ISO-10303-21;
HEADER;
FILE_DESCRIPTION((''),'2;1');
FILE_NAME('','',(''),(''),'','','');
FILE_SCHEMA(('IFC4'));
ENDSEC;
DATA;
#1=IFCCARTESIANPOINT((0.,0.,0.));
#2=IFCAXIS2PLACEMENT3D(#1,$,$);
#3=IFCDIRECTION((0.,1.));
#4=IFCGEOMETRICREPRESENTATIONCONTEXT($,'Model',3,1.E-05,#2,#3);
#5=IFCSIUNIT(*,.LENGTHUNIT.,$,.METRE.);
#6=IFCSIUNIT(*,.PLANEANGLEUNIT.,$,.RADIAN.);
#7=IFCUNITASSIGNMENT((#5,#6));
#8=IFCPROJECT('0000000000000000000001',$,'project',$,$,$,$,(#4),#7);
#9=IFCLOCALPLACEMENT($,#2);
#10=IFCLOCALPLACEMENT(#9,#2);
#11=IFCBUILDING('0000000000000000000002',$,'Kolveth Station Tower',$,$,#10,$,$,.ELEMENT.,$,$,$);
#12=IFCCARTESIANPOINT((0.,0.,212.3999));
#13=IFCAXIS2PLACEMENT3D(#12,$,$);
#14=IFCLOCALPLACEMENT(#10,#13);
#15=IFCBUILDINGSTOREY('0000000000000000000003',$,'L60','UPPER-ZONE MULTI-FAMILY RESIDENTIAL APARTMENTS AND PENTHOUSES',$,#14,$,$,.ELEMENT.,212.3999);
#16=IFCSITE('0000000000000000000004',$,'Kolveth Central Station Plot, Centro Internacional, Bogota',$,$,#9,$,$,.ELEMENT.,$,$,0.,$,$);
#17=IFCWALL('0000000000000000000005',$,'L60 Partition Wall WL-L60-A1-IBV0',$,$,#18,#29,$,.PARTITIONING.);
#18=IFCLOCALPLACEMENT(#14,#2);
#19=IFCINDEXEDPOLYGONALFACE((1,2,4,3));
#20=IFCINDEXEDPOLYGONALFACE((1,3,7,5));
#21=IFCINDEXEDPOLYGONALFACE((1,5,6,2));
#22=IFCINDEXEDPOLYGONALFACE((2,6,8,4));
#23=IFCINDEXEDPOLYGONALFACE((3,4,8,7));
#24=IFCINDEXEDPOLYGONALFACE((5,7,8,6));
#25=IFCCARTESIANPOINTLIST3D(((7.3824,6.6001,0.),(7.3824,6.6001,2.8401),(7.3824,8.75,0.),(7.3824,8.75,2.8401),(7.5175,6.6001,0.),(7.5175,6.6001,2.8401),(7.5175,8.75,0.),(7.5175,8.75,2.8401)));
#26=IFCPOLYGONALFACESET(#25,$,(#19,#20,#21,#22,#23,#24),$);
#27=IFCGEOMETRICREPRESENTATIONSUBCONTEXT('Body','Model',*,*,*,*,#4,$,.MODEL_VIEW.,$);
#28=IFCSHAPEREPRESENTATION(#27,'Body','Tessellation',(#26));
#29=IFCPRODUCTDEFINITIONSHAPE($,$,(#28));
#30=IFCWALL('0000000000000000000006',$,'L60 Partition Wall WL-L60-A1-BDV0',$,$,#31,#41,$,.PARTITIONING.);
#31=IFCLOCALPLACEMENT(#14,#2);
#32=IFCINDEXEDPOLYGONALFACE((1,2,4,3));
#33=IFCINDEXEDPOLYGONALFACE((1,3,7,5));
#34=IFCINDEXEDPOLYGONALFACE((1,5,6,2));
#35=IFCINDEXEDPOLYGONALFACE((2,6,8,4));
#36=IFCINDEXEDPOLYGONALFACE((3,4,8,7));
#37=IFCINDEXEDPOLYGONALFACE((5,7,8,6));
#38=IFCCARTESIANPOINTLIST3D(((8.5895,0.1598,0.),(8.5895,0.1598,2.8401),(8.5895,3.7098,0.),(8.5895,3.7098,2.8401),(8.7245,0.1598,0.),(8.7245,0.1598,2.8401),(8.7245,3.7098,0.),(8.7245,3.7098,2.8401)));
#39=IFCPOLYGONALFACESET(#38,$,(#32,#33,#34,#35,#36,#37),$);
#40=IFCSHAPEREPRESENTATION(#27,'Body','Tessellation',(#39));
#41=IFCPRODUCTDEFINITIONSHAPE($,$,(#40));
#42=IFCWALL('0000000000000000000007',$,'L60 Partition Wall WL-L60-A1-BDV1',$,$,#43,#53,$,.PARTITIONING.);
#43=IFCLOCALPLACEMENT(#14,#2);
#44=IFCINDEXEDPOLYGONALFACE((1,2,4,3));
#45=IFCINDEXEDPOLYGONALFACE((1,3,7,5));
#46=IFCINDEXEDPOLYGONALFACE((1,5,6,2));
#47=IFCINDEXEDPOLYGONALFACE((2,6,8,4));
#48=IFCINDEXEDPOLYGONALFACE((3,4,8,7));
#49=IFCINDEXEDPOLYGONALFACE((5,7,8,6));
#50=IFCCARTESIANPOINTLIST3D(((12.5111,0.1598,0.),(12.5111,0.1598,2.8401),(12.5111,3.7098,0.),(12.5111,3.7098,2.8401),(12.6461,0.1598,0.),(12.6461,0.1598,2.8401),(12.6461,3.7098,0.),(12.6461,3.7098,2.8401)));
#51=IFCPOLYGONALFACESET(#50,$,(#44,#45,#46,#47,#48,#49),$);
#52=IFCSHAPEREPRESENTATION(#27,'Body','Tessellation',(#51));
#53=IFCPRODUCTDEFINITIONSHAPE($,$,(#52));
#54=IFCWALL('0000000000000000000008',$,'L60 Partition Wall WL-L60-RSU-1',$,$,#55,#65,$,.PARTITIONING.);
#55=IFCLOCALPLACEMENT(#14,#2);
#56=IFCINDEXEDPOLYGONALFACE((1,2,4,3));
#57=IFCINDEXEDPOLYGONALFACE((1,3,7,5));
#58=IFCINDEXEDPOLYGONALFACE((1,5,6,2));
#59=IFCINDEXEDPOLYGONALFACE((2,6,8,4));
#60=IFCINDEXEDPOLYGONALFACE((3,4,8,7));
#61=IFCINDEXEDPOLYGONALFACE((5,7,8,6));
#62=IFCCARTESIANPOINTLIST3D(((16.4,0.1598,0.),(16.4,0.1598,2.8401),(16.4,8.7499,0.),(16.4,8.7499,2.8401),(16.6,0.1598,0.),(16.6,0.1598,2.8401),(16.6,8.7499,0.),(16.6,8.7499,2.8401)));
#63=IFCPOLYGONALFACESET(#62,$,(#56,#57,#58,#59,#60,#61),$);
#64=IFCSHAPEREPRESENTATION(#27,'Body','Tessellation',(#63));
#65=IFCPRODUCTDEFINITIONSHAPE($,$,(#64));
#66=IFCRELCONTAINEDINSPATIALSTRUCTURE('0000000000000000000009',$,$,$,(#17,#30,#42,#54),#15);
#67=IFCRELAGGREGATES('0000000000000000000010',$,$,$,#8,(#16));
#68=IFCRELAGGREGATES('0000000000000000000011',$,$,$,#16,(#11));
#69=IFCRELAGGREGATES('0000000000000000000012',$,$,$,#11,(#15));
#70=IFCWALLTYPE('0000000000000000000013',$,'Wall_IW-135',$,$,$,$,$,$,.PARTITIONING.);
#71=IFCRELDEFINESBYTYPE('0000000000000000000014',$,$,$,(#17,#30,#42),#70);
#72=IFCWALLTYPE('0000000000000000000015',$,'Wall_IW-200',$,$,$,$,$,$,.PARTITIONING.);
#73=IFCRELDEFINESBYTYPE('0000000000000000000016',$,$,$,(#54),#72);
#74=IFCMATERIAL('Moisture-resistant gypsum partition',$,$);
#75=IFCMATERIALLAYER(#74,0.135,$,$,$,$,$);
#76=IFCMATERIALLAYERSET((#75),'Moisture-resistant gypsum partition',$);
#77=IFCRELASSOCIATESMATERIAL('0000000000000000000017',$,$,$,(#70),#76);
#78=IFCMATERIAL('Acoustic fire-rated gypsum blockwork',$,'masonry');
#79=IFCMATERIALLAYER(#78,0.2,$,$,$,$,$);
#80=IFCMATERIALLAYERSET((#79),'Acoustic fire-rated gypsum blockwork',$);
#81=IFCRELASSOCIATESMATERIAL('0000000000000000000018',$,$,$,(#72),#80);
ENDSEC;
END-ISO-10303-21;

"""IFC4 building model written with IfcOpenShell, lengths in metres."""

from ifc_helpers import new_model, si_unit, direction, frame, frame_2d, origin, place, context, subcontext, project, spatial, rectangle, extrude, material, layer, layer_set, type_object, element, save


model = new_model("IFC4")

# Units and contexts
model_context = context("Model", 3, precision=1e-05, world=origin(), true_north=direction((0.0, 1.0)))
body_context = subcontext(model_context, "Body", "Model", "MODEL_VIEW")
ifc_project = project(units=[si_unit("LENGTHUNIT", "METRE"), si_unit("PLANEANGLEUNIT", "RADIAN")], contexts=[model_context])

# Site, building, storey
site_placement = place(None, origin())
site = spatial("IfcSite", under=ifc_project, at=site_placement, Name="Kolveth Central Station Plot, Centro Internacional, Bogota", CompositionType="ELEMENT", RefElevation=0.0)
building_placement = place(site_placement, origin())
building = spatial("IfcBuilding", under=site, at=building_placement, Name="Kolveth Station Tower", CompositionType="ELEMENT")
storey_placement = place(building_placement, frame((0.0, 0.0, 212.3999)))
storey = spatial("IfcBuildingStorey", under=building, at=storey_placement, Name="L60", Description="UPPER-ZONE MULTI-FAMILY RESIDENTIAL APARTMENTS AND PENTHOUSES", CompositionType="ELEMENT", Elevation=212.3999)

# Shared definitions
ifc_material_1 = material(Name="Moisture-resistant gypsum partition")
ifc_layer_1 = layer(ifc_material_1, 0.135)
ifc_layer_set_1 = layer_set([ifc_layer_1], Name="Moisture-resistant gypsum partition")
wall_type_1 = type_object("IfcWallType", Name="Wall_IW-135", PredefinedType="PARTITIONING", material=ifc_layer_set_1)

# Walls
wall_1_placement = place(storey_placement, frame((7.45, 6.6001, 0.0), z_axis=(0.0, 0.0, 1.0), x_axis=(0.0, 1.0, 0.0)))
element("IfcWall", 1, at=wall_1_placement, inside=storey, type_object=wall_type_1, Name="L60 Partition Wall WL-L60-A1-IBV0", PredefinedType="PARTITIONING", context=body_context, shape_type="SweptSolid", body=[
    extrude(rectangle(XDim=2.1499, YDim=0.135, at=frame_2d((1.075, 0.0))), origin(), (0.0, 0.0, 1.0), 2.8401),
])
wall_2_placement = place(storey_placement, frame((8.657, 0.1599, 0.0), z_axis=(0.0, 0.0, 1.0), x_axis=(0.0, 1.0, 0.0)))
element("IfcWall", 2, at=wall_2_placement, inside=storey, type_object=wall_type_1, Name="L60 Partition Wall WL-L60-A1-BDV0", PredefinedType="PARTITIONING", context=body_context, shape_type="SweptSolid", body=[
    extrude(rectangle(XDim=3.55, YDim=0.135, at=frame_2d((1.7749, 0.0))), origin(), (0.0, 0.0, 1.0), 2.8401),
])

# Wall
wall_3_placement = place(storey_placement, frame((12.5786, 0.1599, 0.0), z_axis=(0.0, 0.0, 1.0), x_axis=(0.0, 1.0, 0.0)))
element("IfcWall", 3, at=wall_3_placement, inside=storey, type_object=wall_type_1, Name="L60 Partition Wall WL-L60-A1-BDV1", PredefinedType="PARTITIONING", context=body_context, shape_type="SweptSolid", body=[
    extrude(rectangle(XDim=3.55, YDim=0.135, at=frame_2d((1.7749, 0.0))), origin(), (0.0, 0.0, 1.0), 2.8401),
])

# Wall
ifc_material_2 = material(Name="Acoustic fire-rated gypsum blockwork", Category="masonry")
ifc_layer_2 = layer(ifc_material_2, 0.2)
ifc_layer_set_2 = layer_set([ifc_layer_2], Name="Acoustic fire-rated gypsum blockwork")
wall_type_2 = type_object("IfcWallType", Name="Wall_IW-200", PredefinedType="PARTITIONING", material=ifc_layer_set_2)
wall_4_placement = place(storey_placement, frame((16.5, 0.1599, 0.0), z_axis=(0.0, 0.0, 1.0), x_axis=(0.0, 1.0, 0.0)))
element("IfcWall", 4, at=wall_4_placement, inside=storey, type_object=wall_type_2, Name="L60 Partition Wall WL-L60-RSU-1", PredefinedType="PARTITIONING", context=body_context, shape_type="SweptSolid", body=[
    extrude(rectangle(XDim=8.5901, YDim=0.2, at=frame_2d((4.2949, 0.0))), origin(), (0.0, 0.0, 1.0), 2.8401),
])

save(model, "model.ifc")
